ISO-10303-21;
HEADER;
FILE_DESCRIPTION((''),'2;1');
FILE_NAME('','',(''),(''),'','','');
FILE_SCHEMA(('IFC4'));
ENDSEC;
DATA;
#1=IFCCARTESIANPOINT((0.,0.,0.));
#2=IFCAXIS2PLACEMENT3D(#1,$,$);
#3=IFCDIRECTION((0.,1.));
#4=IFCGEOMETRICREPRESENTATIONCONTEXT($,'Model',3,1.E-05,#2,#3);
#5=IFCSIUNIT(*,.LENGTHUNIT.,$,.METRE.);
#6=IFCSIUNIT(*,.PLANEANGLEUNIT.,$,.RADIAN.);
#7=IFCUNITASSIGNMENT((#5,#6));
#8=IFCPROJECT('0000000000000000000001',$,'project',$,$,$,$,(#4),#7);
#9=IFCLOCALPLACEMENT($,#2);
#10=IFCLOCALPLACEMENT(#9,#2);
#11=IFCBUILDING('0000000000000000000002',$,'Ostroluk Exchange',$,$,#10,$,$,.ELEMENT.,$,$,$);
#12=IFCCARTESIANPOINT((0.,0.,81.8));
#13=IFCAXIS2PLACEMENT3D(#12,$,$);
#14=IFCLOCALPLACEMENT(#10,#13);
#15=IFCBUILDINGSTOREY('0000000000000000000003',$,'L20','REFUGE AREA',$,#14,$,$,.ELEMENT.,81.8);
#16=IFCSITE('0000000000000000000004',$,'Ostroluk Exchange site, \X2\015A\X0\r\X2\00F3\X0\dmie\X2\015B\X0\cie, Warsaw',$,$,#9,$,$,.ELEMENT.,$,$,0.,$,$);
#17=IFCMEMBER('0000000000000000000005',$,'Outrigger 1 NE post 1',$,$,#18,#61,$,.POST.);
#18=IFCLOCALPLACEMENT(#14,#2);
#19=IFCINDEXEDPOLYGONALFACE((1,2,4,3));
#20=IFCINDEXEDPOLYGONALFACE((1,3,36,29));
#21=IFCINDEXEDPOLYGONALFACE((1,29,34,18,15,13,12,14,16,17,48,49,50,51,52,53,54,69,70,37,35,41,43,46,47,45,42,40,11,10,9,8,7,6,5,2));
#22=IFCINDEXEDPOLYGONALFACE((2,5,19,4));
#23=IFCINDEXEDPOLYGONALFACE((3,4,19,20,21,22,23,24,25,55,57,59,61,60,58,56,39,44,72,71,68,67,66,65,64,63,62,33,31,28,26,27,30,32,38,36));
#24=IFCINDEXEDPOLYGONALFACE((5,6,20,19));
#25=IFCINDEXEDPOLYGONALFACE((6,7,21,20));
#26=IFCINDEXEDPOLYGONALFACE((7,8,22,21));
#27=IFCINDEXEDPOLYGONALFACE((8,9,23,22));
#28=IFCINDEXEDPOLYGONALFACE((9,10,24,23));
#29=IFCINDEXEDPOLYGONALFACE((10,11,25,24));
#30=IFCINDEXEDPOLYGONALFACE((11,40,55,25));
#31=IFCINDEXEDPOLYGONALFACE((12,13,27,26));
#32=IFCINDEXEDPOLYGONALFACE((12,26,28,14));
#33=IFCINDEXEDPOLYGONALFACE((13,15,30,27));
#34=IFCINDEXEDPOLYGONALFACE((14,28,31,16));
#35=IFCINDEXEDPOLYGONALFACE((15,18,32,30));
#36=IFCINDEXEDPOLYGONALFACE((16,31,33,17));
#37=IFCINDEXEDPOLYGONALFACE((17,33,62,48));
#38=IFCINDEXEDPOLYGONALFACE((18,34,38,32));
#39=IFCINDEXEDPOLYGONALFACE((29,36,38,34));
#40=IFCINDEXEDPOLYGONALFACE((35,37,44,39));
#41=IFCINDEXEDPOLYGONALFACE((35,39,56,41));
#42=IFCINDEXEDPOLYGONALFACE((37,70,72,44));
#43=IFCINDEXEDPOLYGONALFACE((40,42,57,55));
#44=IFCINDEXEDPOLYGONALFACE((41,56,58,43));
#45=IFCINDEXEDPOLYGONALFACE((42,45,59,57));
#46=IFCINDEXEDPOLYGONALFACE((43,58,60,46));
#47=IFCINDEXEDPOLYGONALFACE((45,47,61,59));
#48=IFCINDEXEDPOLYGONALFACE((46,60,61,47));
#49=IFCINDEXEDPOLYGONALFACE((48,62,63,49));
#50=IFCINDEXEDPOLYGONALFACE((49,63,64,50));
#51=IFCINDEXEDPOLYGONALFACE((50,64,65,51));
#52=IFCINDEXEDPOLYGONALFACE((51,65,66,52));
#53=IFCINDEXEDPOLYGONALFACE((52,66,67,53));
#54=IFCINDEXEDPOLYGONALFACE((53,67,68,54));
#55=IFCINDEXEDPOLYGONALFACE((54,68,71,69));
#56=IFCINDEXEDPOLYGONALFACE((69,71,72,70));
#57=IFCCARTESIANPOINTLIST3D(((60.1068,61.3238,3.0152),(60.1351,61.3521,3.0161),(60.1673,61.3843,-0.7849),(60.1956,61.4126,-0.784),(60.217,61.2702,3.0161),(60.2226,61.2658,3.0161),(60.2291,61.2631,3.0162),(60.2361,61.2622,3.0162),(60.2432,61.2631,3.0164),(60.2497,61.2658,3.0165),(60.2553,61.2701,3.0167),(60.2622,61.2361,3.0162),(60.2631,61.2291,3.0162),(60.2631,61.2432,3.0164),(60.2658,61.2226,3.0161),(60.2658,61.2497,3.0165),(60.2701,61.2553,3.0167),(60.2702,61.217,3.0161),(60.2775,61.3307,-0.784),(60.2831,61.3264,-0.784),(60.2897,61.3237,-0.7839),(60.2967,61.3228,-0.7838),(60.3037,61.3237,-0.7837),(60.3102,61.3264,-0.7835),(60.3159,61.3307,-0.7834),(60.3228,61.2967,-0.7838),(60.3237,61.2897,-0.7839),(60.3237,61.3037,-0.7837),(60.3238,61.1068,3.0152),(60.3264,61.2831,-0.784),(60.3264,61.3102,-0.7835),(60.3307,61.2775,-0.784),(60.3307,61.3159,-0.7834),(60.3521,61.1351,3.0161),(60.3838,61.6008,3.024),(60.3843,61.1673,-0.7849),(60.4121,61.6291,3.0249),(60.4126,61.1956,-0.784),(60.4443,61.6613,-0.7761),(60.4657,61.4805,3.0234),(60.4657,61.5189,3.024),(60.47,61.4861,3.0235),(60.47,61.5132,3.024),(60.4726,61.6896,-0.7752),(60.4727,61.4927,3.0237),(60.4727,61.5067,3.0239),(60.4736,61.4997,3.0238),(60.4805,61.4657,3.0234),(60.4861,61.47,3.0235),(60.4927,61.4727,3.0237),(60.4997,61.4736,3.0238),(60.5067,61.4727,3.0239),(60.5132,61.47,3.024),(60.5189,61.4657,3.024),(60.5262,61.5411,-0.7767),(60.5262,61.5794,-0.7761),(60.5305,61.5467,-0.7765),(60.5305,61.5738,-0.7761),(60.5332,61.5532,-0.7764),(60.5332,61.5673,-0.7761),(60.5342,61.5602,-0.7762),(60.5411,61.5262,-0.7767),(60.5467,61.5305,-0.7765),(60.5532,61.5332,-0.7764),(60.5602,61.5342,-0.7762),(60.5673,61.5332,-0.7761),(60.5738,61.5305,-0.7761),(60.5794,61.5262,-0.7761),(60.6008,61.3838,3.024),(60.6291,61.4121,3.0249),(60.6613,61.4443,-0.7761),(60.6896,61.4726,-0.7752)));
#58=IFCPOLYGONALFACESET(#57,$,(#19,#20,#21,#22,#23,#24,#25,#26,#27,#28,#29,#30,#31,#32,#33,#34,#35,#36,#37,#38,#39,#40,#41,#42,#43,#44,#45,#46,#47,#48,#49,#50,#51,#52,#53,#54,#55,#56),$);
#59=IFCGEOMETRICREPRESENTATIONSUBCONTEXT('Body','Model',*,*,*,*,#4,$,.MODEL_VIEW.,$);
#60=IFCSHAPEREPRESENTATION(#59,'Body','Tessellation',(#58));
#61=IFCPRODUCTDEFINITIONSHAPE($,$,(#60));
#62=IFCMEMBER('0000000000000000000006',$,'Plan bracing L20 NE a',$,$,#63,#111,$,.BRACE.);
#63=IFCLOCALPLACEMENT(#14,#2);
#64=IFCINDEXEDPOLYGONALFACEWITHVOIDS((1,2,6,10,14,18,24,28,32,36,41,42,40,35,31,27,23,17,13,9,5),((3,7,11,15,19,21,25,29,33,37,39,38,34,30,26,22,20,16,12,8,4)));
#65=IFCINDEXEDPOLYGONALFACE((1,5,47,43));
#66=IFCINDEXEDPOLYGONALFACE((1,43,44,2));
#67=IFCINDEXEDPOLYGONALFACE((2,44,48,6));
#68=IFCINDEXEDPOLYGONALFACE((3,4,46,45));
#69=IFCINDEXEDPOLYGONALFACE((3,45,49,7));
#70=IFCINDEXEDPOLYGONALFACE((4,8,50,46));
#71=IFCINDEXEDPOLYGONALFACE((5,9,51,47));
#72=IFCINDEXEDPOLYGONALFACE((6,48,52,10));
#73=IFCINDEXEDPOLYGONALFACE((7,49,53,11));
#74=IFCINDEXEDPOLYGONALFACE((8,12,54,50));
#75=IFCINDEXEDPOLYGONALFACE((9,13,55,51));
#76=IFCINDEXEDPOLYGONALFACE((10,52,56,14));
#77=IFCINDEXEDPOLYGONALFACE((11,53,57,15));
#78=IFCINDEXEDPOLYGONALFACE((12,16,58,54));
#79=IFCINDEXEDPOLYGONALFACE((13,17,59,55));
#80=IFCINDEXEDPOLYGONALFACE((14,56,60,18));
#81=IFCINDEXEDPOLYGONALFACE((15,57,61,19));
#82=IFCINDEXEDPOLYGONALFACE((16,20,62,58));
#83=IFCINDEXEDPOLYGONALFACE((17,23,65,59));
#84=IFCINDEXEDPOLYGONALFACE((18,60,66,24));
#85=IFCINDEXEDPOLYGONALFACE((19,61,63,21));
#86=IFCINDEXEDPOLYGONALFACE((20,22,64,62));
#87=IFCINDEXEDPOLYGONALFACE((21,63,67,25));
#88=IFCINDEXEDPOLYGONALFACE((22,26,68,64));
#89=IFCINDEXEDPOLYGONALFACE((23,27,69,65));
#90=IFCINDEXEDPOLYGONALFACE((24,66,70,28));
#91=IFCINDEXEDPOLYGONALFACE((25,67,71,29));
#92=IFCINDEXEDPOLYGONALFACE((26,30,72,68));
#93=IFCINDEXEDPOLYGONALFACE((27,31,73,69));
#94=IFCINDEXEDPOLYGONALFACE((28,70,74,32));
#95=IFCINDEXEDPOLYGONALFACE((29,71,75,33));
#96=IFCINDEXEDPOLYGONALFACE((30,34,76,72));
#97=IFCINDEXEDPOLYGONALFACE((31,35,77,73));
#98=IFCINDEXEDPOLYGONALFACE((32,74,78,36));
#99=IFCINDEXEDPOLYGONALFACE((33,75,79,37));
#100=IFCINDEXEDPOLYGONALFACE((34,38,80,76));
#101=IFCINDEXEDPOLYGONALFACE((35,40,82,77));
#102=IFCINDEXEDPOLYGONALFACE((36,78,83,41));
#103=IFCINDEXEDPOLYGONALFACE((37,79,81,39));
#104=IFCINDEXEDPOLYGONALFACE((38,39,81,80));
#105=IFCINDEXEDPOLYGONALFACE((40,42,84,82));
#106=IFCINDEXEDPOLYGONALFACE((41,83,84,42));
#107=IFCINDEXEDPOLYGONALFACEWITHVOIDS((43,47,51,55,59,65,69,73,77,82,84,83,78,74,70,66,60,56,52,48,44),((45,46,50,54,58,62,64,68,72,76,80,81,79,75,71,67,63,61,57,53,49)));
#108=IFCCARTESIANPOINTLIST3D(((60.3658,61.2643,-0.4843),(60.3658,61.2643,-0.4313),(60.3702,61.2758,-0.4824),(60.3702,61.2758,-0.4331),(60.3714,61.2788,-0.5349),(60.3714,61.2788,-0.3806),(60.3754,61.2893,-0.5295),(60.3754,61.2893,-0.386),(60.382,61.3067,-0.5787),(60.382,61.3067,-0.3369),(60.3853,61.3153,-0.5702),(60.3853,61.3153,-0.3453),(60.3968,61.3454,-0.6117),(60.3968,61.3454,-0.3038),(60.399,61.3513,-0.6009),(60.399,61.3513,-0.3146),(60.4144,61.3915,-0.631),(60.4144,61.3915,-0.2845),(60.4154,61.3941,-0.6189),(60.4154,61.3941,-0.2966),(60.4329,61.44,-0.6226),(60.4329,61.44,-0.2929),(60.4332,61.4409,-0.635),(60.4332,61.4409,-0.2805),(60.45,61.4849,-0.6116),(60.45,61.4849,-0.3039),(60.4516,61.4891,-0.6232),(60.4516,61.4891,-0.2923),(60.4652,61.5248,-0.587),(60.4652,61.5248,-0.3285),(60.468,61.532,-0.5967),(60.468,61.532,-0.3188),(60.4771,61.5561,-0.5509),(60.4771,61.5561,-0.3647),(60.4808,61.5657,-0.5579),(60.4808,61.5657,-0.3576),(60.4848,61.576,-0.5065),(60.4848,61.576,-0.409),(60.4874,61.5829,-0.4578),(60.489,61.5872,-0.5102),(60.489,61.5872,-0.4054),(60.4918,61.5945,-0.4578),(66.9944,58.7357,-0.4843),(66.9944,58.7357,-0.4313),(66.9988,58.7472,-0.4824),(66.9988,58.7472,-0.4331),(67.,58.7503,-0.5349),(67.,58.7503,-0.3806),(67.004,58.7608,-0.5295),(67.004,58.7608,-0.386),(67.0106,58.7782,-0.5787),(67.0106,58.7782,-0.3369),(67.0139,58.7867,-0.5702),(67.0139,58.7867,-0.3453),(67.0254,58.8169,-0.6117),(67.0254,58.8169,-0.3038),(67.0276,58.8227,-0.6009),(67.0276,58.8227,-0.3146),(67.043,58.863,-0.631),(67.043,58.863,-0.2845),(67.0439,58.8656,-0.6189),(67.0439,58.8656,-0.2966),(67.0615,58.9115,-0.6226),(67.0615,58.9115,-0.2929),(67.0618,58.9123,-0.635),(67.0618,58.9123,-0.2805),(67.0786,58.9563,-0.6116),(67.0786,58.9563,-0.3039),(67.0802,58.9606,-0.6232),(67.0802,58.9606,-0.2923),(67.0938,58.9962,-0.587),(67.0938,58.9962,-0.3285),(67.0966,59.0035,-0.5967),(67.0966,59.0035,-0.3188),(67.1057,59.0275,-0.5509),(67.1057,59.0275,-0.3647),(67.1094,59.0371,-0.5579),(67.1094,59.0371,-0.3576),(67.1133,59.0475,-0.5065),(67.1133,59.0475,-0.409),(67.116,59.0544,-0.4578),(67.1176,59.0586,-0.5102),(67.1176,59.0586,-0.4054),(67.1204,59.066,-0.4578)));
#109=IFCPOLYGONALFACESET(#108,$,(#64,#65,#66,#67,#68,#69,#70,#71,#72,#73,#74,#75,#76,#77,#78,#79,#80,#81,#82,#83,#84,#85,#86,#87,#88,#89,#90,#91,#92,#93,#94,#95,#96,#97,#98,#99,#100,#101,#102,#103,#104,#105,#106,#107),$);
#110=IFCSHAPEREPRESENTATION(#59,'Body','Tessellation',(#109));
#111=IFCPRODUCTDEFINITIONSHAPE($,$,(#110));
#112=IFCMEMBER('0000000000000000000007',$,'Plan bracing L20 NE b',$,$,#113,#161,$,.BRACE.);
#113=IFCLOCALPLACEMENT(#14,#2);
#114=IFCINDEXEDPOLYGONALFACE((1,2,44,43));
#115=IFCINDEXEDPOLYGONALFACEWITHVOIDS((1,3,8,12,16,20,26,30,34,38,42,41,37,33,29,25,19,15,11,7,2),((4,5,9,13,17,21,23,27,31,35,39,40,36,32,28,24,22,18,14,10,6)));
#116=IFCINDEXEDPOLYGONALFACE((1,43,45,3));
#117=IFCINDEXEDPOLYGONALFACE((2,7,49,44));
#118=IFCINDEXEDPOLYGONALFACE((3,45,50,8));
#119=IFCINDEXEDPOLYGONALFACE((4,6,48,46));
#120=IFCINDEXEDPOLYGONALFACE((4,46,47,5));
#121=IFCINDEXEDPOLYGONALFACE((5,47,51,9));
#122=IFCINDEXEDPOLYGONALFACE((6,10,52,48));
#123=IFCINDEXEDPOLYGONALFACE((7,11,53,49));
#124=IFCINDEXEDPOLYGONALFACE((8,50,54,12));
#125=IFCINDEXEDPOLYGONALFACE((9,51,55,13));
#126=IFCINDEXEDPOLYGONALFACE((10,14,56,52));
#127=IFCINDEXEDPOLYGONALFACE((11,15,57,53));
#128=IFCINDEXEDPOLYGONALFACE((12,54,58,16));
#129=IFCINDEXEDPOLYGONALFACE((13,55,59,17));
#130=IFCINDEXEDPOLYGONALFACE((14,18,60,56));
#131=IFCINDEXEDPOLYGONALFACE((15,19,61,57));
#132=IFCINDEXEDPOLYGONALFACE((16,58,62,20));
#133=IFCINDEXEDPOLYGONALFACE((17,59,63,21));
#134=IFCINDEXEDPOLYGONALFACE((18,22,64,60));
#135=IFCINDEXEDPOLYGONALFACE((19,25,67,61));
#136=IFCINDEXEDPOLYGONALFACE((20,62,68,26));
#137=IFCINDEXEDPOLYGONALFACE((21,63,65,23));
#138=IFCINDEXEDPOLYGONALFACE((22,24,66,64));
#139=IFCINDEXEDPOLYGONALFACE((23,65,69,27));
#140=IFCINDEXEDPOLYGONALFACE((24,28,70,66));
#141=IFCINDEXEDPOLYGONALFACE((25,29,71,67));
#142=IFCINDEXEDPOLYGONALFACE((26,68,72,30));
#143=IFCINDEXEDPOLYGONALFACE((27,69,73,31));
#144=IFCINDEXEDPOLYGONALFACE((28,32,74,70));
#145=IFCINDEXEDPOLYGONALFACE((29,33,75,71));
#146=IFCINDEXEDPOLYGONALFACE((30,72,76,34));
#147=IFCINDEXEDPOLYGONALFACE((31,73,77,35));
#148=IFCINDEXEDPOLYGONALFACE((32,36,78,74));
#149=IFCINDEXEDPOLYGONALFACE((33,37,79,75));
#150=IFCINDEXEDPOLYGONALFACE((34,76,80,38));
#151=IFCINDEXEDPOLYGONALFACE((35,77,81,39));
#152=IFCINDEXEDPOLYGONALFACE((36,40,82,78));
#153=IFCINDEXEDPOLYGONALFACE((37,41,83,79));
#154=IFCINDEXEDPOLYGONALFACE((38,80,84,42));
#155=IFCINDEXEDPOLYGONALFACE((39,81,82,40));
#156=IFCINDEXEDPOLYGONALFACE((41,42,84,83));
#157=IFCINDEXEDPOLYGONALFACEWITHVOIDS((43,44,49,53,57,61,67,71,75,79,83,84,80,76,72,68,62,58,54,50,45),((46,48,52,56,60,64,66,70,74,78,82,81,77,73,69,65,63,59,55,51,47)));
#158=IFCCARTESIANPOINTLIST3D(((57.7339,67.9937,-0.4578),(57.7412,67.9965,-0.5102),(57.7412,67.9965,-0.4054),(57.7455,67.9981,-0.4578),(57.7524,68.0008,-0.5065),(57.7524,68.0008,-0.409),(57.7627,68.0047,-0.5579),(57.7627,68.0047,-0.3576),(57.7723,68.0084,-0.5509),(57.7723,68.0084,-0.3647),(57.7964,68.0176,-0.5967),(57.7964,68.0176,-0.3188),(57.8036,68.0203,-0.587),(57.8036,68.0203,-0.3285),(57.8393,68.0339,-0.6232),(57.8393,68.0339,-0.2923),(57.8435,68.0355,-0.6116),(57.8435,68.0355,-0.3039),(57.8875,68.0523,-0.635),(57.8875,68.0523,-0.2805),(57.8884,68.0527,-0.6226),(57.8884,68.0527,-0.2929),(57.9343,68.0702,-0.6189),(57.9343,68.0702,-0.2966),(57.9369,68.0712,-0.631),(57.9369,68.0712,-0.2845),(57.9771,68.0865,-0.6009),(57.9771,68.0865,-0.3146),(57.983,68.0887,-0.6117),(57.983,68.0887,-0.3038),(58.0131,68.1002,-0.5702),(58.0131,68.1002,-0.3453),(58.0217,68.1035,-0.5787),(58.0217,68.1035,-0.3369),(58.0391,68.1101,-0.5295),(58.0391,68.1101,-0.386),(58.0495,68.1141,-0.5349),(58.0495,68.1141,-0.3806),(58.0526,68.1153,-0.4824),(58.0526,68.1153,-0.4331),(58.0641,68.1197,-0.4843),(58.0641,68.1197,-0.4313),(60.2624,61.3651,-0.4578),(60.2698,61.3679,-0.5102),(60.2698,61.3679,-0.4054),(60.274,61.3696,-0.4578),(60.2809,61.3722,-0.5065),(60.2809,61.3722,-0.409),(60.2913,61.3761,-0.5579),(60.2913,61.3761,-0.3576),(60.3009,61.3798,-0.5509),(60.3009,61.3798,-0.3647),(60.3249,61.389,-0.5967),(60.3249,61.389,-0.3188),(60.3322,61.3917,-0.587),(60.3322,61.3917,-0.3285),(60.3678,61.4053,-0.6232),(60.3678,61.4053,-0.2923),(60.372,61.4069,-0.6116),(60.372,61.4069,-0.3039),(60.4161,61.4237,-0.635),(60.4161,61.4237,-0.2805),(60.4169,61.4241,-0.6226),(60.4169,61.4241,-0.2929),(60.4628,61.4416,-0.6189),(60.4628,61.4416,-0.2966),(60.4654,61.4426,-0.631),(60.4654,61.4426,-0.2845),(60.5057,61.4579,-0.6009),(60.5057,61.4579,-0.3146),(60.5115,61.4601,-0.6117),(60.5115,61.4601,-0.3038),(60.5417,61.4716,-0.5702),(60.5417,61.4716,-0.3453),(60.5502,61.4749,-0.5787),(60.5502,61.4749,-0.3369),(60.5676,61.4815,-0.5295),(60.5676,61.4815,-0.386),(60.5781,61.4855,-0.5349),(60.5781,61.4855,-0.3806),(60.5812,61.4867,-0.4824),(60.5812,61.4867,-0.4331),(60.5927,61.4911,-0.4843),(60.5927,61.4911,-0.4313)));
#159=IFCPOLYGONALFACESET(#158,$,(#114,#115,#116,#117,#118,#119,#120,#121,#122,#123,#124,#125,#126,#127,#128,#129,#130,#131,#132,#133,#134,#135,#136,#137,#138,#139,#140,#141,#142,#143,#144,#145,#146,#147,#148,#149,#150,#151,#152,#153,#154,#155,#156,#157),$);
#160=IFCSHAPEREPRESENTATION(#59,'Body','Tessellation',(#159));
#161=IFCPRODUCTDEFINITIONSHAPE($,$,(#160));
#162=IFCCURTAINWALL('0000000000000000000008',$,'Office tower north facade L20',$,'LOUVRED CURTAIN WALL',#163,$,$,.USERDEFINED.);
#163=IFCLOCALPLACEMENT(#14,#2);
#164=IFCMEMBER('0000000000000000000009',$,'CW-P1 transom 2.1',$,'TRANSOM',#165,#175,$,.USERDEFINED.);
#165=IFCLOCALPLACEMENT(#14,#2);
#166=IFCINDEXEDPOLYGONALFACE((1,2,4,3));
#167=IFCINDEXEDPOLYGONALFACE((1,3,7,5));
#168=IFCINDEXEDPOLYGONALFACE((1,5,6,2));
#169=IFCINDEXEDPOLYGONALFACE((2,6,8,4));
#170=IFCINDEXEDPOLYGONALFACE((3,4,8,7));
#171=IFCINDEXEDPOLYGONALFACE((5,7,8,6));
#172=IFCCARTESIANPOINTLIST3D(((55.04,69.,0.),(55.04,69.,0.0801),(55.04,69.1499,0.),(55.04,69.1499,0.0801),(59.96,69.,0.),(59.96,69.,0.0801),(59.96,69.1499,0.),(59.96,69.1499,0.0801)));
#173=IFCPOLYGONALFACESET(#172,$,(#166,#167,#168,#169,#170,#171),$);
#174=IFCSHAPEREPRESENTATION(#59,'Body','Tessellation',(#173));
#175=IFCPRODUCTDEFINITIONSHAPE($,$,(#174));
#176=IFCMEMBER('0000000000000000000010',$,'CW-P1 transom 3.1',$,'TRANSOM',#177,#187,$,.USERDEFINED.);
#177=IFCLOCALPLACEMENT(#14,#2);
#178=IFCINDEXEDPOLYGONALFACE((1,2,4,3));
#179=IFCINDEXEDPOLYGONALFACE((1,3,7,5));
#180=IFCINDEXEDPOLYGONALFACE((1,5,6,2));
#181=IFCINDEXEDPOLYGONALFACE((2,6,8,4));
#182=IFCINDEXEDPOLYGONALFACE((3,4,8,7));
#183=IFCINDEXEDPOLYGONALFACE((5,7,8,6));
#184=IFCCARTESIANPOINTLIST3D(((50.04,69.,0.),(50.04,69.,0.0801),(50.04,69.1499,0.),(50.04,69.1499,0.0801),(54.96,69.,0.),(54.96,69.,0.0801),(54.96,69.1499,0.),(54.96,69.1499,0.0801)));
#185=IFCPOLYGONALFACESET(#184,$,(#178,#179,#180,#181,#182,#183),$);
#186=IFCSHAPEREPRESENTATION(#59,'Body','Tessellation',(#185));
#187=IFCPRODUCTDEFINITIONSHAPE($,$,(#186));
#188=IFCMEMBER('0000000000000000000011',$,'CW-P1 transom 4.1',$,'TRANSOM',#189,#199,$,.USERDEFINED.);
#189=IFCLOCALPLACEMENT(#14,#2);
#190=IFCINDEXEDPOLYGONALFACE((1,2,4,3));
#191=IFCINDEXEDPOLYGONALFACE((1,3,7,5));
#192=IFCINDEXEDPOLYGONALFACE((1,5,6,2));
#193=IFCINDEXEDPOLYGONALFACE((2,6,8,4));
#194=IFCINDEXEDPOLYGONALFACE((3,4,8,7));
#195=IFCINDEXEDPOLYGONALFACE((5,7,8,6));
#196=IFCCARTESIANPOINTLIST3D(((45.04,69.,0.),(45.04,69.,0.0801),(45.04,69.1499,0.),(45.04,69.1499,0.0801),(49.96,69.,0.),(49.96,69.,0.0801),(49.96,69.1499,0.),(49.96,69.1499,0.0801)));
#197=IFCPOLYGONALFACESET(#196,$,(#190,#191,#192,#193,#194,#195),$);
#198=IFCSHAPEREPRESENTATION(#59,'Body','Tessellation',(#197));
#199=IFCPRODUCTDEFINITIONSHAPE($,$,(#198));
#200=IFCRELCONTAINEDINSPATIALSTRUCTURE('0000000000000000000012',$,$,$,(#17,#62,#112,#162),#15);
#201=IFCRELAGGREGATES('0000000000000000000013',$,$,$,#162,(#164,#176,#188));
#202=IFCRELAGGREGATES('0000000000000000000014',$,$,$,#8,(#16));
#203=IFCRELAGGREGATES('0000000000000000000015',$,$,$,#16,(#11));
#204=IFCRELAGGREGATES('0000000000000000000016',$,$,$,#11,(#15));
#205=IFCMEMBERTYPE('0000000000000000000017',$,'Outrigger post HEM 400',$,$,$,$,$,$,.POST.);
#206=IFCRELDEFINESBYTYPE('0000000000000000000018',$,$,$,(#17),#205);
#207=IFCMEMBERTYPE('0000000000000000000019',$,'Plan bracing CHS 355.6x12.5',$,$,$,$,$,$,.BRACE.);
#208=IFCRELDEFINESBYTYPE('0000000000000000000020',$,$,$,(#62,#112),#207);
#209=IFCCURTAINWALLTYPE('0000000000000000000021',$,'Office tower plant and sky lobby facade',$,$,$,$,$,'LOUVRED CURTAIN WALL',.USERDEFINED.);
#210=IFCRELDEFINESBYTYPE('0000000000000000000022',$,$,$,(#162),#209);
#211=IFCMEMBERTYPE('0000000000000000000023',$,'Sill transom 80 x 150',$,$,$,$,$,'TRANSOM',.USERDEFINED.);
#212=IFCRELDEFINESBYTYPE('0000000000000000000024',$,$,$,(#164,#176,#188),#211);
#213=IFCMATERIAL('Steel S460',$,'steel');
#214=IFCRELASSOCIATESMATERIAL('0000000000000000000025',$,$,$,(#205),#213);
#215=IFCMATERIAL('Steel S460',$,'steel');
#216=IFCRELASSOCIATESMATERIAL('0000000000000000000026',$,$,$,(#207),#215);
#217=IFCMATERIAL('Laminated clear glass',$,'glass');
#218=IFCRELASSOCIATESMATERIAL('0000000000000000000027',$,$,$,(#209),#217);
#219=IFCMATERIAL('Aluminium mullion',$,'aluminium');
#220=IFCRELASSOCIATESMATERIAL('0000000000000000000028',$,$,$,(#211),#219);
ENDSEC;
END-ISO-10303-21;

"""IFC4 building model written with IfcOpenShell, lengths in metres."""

from ifc_helpers import new_model, si_unit, direction, frame, origin, origin_2d, place, context, subcontext, project, spatial, rectangle, hollow_circle, i_section, extrude, material, material_profile, profile_set, type_object, element, aggregate, save


model = new_model("IFC4")

# Units and contexts
model_context = context("Model", 3, precision=1e-05, world=origin(), true_north=direction((0.0, 1.0)))
body_context = subcontext(model_context, "Body", "Model", "MODEL_VIEW")
ifc_project = project(units=[si_unit("LENGTHUNIT", "METRE"), si_unit("PLANEANGLEUNIT", "RADIAN")], contexts=[model_context])

# Site, building, storey
site_placement = place(None, origin())
site = spatial("IfcSite", under=ifc_project, at=site_placement, Name="Ostroluk Exchange site, Śródmieście, Warsaw", CompositionType="ELEMENT", RefElevation=0.0)
building_placement = place(site_placement, origin())
building = spatial("IfcBuilding", under=site, at=building_placement, Name="Ostroluk Exchange", CompositionType="ELEMENT")
storey_placement = place(building_placement, frame((0.0, 0.0, 81.8)))
storey = spatial("IfcBuildingStorey", under=building, at=storey_placement, Name="L20", Description="REFUGE AREA", CompositionType="ELEMENT", Elevation=81.8)

# Members
ifc_material_1 = material(Name="Steel S460", Category="steel")
ifc_material_profile_1 = material_profile(ifc_material_1, i_section(OverallWidth=0.3069, OverallDepth=0.4319, WebThickness=0.021, FlangeThickness=0.04, FilletRadius=0.0271, at=origin_2d()), Name="HEM 400")
ifc_profile_set_1 = profile_set([ifc_material_profile_1], Name="Steel S460")
member_type_1 = type_object("IfcMemberType", Name="Outrigger post HEM 400", PredefinedType="POST", material=ifc_profile_set_1)
member_1_placement = place(storey_placement, frame((60.4285, 61.4285, -0.78), z_axis=(-0.015929, -0.015929, 0.999746), x_axis=(0.707107, -0.707107, 0.0)))
element("IfcMember", 1, at=member_1_placement, inside=storey, type_object=member_type_1, Name="Outrigger 1 NE post 1", PredefinedType="POST", context=body_context, shape_type="SweptSolid", body=[
    extrude(i_section(OverallWidth=0.3069, OverallDepth=0.4319, WebThickness=0.021, FlangeThickness=0.04, FilletRadius=0.0271, at=origin_2d()), origin(), (0.0, 0.0, 1.0), 3.801),
])
ifc_material_2 = material(Name="Steel S460", Category="steel")
ifc_material_profile_2 = material_profile(ifc_material_2, hollow_circle(Radius=0.1777, WallThickness=0.0125, at=origin_2d()), Name="CHS 355.6x12.5")
ifc_profile_set_2 = profile_set([ifc_material_profile_2], Name="Steel S460")
member_type_2 = type_object("IfcMemberType", Name="Plan bracing CHS 355.6x12.5", PredefinedType="BRACE", material=ifc_profile_set_2)
for number, where, z_axis, x_axis, name in (
    (2, (60.4285, 61.4285, -0.4578), (0.93433, -0.356409, 0.0), (0.356409, 0.93433, 0.0), "Plan bracing L20 NE a"),
    (3, (60.4285, 61.4285, -0.4578), (-0.356409, 0.93433, 0.0), (-0.93433, -0.356409, 0.0), "Plan bracing L20 NE b"),
):
    element("IfcMember", number, at=place(storey_placement, frame(where, z_axis=z_axis, x_axis=x_axis)), inside=storey, type_object=member_type_2, Name=name, PredefinedType="BRACE", context=body_context, shape_type="SweptSolid", body=[
        extrude(hollow_circle(Radius=0.1777, WallThickness=0.0125, at=origin_2d()), origin(), (0.0, 0.0, 1.0), 7.0945),
    ])

# Curtain wall, members
ifc_material_3 = material(Name="Laminated clear glass", Category="glass")
curtain_wall_type = type_object("IfcCurtainWallType", Name="Office tower plant and sky lobby facade", ElementType="LOUVRED CURTAIN WALL", PredefinedType="USERDEFINED", material=ifc_material_3)
curtain_wall_placement = place(storey_placement, origin())
curtain_wall = element("IfcCurtainWall", 4, at=curtain_wall_placement, inside=storey, type_object=curtain_wall_type, Name="Office tower north facade L20", ObjectType="LOUVRED CURTAIN WALL", PredefinedType="USERDEFINED")
ifc_material_4 = material(Name="Aluminium mullion", Category="aluminium")
ifc_material_profile_3 = material_profile(ifc_material_4, rectangle(XDim=0.1499, YDim=0.0801, at=origin_2d()), Name="Sill transom 80 x 150")
ifc_profile_set_3 = profile_set([ifc_material_profile_3], Name="Aluminium mullion")
member_type_3 = type_object("IfcMemberType", Name="Sill transom 80 x 150", ElementType="TRANSOM", PredefinedType="USERDEFINED", material=ifc_profile_set_3)
member_2_placement = place(storey_placement, frame((59.96, 69.075, 0.04), z_axis=(-1.0, 0.0, 0.0), x_axis=(0.0, -1.0, 0.0)))
member_2 = element("IfcMember", 5, at=member_2_placement, type_object=member_type_3, Name="CW-P1 transom 2.1", ObjectType="TRANSOM", PredefinedType="USERDEFINED", context=body_context, shape_type="SweptSolid", body=[
    extrude(rectangle(XDim=0.1499, YDim=0.0801, at=origin_2d()), origin(), (0.0, 0.0, 1.0), 4.9199),
])
member_3_placement = place(storey_placement, frame((54.96, 69.075, 0.04), z_axis=(-1.0, 0.0, 0.0), x_axis=(0.0, -1.0, 0.0)))
member_3 = element("IfcMember", 6, at=member_3_placement, type_object=member_type_3, Name="CW-P1 transom 3.1", ObjectType="TRANSOM", PredefinedType="USERDEFINED", context=body_context, shape_type="SweptSolid", body=[
    extrude(rectangle(XDim=0.1499, YDim=0.0801, at=origin_2d()), origin(), (0.0, 0.0, 1.0), 4.9199),
])
member_4_placement = place(storey_placement, frame((49.96, 69.075, 0.04), z_axis=(-1.0, 0.0, 0.0), x_axis=(0.0, -1.0, 0.0)))
member_4 = element("IfcMember", 7, at=member_4_placement, type_object=member_type_3, Name="CW-P1 transom 4.1", ObjectType="TRANSOM", PredefinedType="USERDEFINED", context=body_context, shape_type="SweptSolid", body=[
    extrude(rectangle(XDim=0.1499, YDim=0.0801, at=origin_2d()), origin(), (0.0, 0.0, 1.0), 4.9199),
])
aggregate(curtain_wall, [member_2, member_3, member_4])

save(model, "model.ifc")
